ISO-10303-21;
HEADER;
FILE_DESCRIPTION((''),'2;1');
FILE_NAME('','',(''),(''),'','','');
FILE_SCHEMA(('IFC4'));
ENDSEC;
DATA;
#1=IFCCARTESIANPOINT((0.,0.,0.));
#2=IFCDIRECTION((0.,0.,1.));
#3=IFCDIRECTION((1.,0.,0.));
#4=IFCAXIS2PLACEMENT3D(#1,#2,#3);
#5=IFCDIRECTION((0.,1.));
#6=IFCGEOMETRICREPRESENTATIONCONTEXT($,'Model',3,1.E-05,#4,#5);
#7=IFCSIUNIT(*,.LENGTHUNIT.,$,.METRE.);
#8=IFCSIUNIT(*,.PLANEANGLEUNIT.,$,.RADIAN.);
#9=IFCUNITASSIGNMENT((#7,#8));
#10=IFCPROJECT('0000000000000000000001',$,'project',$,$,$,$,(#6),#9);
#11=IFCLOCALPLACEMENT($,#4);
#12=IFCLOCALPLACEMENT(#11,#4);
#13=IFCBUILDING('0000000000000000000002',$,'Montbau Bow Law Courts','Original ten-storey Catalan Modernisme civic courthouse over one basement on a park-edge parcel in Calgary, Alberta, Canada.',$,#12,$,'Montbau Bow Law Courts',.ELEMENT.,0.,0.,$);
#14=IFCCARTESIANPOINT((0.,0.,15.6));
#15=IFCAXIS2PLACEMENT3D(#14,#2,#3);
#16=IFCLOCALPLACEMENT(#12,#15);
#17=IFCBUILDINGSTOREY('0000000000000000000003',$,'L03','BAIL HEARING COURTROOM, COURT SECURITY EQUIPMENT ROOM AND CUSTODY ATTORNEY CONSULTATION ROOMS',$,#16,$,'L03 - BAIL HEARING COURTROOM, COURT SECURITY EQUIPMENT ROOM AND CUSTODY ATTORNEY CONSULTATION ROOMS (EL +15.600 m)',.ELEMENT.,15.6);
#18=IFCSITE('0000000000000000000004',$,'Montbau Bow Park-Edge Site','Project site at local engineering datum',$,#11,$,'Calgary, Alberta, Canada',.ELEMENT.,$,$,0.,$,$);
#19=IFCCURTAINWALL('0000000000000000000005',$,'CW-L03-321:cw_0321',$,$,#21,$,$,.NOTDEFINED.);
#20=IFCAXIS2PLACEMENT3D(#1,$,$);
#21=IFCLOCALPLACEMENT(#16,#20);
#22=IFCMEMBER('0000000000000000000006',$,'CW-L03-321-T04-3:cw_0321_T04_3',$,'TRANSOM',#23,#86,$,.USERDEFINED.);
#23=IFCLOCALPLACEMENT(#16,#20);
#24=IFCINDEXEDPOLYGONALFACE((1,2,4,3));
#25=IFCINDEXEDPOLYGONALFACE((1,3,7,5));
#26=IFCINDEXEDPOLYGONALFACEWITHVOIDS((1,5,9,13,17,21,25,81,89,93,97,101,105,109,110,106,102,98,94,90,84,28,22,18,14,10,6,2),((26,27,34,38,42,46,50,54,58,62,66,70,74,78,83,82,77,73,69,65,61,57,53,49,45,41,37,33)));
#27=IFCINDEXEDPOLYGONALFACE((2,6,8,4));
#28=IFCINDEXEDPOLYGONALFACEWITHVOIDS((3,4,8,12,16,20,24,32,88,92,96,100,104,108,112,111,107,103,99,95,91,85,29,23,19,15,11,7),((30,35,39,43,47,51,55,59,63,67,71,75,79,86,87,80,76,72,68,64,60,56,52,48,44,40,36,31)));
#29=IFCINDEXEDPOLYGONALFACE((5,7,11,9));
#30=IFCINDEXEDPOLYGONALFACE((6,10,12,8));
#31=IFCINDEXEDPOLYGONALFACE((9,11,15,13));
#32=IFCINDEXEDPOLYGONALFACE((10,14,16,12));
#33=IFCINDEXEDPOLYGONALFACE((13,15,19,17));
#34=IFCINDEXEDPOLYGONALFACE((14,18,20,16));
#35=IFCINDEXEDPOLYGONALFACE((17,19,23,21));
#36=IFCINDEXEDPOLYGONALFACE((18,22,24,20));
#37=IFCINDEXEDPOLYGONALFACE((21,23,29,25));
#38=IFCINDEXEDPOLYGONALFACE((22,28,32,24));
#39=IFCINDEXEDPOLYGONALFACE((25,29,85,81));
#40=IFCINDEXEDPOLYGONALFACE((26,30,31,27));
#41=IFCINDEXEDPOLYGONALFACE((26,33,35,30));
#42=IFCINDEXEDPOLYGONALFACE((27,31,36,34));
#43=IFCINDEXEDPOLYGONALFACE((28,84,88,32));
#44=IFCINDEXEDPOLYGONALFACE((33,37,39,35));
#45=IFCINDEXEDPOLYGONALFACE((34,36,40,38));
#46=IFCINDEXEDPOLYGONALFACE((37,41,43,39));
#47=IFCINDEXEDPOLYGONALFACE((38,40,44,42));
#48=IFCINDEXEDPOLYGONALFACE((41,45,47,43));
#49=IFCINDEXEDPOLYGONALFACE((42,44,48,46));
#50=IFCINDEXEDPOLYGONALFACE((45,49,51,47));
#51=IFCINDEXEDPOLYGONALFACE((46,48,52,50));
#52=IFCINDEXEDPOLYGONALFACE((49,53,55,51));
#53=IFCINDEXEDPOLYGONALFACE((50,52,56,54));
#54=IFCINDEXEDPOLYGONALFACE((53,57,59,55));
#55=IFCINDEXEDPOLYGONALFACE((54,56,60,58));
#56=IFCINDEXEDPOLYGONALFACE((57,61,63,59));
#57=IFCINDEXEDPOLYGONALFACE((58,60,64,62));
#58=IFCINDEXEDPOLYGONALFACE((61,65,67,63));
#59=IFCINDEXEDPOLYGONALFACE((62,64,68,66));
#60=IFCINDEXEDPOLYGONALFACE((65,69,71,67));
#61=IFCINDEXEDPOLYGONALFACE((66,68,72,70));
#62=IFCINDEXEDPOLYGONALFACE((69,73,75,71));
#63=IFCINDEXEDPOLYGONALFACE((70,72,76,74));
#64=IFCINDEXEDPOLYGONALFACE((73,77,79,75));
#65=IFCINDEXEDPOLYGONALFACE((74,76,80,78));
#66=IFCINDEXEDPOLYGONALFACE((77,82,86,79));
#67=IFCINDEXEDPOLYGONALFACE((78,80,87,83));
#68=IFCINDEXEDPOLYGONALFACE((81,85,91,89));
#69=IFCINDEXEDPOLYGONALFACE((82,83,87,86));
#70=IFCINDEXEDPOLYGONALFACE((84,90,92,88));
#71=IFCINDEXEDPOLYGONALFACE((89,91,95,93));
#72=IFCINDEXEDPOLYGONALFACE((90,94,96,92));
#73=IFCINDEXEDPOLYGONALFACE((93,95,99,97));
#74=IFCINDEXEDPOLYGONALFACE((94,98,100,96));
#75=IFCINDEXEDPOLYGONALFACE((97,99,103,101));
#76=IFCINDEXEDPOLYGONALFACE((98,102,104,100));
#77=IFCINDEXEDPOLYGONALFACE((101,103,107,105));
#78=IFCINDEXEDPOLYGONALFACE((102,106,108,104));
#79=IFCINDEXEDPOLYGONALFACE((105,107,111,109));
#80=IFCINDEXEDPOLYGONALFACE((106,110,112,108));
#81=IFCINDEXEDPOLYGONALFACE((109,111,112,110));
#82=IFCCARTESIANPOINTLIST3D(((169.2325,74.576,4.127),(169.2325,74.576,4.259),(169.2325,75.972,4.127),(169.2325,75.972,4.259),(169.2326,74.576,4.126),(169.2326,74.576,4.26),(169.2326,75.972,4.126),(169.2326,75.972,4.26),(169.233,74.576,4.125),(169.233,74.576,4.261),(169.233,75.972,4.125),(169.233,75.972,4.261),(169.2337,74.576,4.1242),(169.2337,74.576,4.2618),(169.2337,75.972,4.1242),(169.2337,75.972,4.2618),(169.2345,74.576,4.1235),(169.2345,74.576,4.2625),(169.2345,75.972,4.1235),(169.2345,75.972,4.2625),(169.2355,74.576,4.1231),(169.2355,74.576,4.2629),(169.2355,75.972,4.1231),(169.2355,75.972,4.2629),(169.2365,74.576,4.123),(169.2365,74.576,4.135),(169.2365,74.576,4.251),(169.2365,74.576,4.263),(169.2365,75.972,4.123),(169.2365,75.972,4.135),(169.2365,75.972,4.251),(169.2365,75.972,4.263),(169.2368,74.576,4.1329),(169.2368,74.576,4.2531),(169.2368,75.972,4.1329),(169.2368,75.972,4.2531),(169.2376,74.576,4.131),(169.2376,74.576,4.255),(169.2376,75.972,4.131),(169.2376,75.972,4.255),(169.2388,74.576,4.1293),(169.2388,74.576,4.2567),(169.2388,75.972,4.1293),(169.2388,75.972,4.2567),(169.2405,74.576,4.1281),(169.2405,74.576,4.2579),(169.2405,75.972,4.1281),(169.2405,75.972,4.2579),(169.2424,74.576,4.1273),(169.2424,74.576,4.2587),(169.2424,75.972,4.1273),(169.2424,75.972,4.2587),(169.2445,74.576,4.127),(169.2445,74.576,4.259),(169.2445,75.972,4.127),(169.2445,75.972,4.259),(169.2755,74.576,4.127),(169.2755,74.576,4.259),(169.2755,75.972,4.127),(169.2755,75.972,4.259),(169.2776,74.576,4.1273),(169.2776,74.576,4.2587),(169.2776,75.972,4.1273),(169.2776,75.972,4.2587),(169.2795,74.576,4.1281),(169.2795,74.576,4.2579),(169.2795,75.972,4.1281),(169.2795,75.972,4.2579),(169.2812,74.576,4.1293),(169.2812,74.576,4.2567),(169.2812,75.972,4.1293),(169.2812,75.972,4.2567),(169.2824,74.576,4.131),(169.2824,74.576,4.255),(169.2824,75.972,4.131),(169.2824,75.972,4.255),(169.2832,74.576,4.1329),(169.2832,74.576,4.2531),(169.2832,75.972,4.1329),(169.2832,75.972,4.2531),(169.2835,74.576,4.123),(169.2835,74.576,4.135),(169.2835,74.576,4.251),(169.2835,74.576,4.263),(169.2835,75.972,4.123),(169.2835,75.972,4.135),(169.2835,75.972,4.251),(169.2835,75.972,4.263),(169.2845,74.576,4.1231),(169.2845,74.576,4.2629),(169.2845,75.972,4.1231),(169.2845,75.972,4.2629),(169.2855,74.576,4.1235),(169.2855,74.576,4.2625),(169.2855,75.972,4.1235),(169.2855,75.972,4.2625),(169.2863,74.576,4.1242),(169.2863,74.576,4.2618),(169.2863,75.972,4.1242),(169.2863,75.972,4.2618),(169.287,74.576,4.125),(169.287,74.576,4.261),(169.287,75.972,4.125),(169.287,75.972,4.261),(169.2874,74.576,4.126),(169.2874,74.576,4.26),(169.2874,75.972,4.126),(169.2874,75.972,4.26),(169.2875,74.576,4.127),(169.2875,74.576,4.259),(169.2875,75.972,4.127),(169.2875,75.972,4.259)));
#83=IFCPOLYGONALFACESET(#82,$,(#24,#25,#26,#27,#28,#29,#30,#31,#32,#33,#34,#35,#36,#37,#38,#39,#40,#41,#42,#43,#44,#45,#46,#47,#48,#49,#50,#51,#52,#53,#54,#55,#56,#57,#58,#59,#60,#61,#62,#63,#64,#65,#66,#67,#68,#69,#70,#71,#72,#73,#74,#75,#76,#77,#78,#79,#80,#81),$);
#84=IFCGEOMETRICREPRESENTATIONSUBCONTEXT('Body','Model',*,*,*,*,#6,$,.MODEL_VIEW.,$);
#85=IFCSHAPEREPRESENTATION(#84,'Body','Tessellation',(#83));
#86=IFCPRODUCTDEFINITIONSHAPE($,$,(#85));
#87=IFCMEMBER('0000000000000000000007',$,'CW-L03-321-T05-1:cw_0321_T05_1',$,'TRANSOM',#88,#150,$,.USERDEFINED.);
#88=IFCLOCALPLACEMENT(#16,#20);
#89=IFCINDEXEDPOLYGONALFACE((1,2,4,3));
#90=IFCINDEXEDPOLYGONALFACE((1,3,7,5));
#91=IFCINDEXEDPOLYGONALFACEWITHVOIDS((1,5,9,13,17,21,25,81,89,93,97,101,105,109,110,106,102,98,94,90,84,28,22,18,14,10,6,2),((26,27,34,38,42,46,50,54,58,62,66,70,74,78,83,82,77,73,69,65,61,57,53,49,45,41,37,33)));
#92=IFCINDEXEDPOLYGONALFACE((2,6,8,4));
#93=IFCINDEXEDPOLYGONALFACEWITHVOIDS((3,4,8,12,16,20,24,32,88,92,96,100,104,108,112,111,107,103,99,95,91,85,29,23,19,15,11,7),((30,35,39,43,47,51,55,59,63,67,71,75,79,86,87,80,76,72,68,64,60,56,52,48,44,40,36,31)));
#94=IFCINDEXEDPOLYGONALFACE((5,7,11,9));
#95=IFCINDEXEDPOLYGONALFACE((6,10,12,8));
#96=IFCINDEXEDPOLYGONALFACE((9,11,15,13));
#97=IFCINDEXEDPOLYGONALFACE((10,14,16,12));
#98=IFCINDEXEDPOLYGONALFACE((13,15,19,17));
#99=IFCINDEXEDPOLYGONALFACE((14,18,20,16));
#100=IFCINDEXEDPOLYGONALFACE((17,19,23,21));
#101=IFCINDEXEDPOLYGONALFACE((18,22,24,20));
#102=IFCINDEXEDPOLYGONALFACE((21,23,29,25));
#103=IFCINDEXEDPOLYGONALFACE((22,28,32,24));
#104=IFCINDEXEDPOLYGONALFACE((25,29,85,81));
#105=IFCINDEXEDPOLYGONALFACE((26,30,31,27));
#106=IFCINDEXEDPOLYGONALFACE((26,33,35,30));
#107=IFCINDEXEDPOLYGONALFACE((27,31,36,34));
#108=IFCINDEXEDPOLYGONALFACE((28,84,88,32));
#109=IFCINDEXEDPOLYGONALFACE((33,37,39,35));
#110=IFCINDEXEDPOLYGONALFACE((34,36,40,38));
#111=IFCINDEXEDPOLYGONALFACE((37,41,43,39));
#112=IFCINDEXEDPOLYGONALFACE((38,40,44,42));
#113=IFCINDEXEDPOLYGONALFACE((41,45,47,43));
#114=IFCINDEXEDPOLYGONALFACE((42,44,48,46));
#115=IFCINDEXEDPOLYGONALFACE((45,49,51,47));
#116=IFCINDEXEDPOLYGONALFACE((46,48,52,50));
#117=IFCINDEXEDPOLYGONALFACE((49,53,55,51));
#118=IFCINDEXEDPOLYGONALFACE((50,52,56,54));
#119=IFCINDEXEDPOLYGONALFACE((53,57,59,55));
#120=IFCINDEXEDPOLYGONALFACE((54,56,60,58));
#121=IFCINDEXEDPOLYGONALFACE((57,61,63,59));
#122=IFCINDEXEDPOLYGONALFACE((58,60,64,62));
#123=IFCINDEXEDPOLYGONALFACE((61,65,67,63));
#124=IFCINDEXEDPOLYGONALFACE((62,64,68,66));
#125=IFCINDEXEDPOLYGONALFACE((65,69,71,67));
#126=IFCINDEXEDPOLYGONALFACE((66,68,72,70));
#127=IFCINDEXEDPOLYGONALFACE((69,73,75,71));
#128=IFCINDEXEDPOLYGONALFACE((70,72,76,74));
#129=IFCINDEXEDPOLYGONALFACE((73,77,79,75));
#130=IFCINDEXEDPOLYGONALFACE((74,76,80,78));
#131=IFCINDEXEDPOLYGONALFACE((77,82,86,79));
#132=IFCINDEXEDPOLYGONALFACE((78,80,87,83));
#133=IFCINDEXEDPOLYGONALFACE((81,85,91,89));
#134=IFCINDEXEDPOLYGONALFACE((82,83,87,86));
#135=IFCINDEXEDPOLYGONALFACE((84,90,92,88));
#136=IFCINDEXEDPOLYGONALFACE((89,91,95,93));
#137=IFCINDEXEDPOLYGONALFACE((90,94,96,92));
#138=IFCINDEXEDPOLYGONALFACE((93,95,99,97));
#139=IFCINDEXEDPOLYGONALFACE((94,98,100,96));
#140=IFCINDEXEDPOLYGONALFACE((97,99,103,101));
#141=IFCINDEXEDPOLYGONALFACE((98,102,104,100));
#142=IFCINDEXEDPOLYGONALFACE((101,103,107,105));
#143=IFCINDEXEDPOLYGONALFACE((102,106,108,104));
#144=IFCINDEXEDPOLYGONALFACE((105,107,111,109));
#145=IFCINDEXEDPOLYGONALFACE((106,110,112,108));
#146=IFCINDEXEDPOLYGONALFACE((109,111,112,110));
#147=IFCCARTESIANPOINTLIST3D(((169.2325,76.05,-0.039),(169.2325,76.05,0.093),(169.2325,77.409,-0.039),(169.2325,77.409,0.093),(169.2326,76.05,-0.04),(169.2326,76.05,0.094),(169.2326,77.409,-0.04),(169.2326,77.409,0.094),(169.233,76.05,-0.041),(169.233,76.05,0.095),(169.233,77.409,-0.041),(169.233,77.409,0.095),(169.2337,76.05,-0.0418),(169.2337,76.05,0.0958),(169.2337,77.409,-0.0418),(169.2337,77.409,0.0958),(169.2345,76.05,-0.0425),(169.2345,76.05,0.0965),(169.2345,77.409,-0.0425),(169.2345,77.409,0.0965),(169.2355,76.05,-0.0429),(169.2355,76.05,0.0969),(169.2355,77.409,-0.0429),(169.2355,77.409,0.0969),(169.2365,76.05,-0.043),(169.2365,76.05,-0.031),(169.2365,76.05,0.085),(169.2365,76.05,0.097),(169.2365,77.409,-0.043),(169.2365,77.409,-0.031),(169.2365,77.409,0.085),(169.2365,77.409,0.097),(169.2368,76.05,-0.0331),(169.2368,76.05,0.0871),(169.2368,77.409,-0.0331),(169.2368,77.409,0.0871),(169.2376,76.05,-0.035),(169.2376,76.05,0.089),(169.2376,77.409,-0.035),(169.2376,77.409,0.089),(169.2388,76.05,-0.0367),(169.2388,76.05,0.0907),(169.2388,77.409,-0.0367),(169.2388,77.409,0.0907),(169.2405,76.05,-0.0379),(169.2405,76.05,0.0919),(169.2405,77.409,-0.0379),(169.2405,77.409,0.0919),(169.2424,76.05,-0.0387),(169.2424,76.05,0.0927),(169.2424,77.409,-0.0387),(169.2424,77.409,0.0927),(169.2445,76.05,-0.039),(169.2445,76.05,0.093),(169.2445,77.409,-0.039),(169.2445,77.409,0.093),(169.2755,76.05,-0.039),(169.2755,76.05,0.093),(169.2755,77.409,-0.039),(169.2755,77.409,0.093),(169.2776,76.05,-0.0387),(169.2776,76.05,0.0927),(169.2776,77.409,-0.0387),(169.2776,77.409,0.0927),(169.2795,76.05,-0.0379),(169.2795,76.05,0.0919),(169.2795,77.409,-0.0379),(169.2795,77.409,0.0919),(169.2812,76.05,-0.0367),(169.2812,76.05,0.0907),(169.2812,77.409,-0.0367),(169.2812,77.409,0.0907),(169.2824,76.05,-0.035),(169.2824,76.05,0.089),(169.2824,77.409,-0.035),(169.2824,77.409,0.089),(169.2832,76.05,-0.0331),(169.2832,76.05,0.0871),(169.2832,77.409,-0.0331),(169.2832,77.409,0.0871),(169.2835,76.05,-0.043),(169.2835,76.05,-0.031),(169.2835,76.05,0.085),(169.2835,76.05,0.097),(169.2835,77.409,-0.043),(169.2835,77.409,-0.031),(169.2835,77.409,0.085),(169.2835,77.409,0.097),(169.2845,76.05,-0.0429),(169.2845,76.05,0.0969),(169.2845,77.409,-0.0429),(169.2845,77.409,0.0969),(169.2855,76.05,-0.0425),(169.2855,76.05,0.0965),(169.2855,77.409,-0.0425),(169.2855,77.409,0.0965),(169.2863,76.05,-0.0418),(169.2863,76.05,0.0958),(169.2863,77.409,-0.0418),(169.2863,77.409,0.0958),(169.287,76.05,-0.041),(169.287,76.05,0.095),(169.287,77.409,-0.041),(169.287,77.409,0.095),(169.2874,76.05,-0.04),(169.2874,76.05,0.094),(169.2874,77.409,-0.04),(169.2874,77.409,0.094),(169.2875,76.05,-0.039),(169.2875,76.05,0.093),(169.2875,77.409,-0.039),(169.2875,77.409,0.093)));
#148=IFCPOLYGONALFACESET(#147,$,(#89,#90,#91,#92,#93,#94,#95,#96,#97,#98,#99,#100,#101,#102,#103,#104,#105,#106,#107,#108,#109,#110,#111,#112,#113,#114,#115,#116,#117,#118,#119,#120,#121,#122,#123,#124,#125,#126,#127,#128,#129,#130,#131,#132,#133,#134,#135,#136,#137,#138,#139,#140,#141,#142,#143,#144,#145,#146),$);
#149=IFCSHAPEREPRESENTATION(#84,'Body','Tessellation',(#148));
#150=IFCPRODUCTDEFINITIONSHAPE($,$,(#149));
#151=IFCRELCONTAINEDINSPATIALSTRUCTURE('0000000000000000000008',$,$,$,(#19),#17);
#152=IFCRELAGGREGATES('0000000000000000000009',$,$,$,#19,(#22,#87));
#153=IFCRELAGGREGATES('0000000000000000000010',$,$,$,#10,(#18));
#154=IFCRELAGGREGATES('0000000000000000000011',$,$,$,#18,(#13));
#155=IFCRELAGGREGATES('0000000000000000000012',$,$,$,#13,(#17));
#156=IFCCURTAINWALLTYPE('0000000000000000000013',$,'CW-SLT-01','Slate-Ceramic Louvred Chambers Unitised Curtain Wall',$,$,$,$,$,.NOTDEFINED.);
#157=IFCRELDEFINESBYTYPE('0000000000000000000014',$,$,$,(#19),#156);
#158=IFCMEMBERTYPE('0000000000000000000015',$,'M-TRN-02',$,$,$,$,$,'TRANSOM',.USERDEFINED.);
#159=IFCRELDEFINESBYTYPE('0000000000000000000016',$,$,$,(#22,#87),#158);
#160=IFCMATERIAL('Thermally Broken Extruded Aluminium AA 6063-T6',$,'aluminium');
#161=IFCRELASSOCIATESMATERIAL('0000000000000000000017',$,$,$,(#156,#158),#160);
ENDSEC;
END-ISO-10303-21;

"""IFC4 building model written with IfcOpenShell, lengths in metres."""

from ifc_helpers import new_model, si_unit, direction, frame, origin_with_axes, origin_2d_with_axis, place, context, subcontext, project, spatial, hollow_rectangle, extrude, material, material_profile, profile_set, type_object, element, aggregate, save


model = new_model("IFC4")

# Units and contexts
model_context = context("Model", 3, precision=1e-05, world=origin_with_axes(), true_north=direction((0.0, 1.0)))
body_context = subcontext(model_context, "Body", "Model", "MODEL_VIEW")
ifc_project = project(units=[si_unit("LENGTHUNIT", "METRE"), si_unit("PLANEANGLEUNIT", "RADIAN")], contexts=[model_context])

# Site, building, storey
site_placement = place(None, origin_with_axes())
site = spatial("IfcSite", under=ifc_project, at=site_placement, Name="Montbau Bow Park-Edge Site", Description="Project site at local engineering datum", LongName="Calgary, Alberta, Canada", CompositionType="ELEMENT", RefElevation=0.0)
building_placement = place(site_placement, origin_with_axes())
building = spatial("IfcBuilding", under=site, at=building_placement, Name="Montbau Bow Law Courts", Description="Original ten-storey Catalan Modernisme civic courthouse over one basement on a park-edge parcel in Calgary, Alberta, Canada.", LongName="Montbau Bow Law Courts", CompositionType="ELEMENT", ElevationOfRefHeight=0.0, ElevationOfTerrain=0.0)
storey_placement = place(building_placement, frame((0.0, 0.0, 15.6), z_axis=(0.0, 0.0, 1.0), x_axis=(1.0, 0.0, 0.0)))
storey = spatial("IfcBuildingStorey", under=building, at=storey_placement, Name="L03", Description="BAIL HEARING COURTROOM, COURT SECURITY EQUIPMENT ROOM AND CUSTODY ATTORNEY CONSULTATION ROOMS", LongName="L03 - BAIL HEARING COURTROOM, COURT SECURITY EQUIPMENT ROOM AND CUSTODY ATTORNEY CONSULTATION ROOMS (EL +15.600 m)", CompositionType="ELEMENT", Elevation=15.6)

# Curtain wall, members
ifc_material_1 = material(Name="Thermally Broken Extruded Aluminium AA 6063-T6", Category="aluminium")
curtain_wall_type = type_object("IfcCurtainWallType", Name="CW-SLT-01", Description="Slate-Ceramic Louvred Chambers Unitised Curtain Wall", PredefinedType="NOTDEFINED", material=ifc_material_1)
curtain_wall_placement = place(None, frame((169.26, 70.115, 15.6), z_axis=(0.0, 0.0, 1.0), x_axis=(1.0, 0.0, 0.0)))
curtain_wall = element("IfcCurtainWall", 1, at=curtain_wall_placement, inside=storey, type_object=curtain_wall_type, Name="CW-L03-321:cw_0321", PredefinedType="NOTDEFINED")
ifc_material_profile_1 = material_profile(ifc_material_1, hollow_rectangle(XDim=0.055, YDim=0.14, WallThickness=0.004, InnerFilletRadius=0.008, OuterFilletRadius=0.004, at=origin_2d_with_axis()), Name="CWT-140X55", Category="Main", Priority=0)
ifc_profile_set_1 = profile_set([ifc_material_profile_1], Name="Thermally Broken Extruded Aluminium AA 6063-T6")
member_type_1 = type_object("IfcMemberType", Name="M-TRN-02", ElementType="TRANSOM", PredefinedType="USERDEFINED", material=ifc_profile_set_1)
member_1_placement = place(None, frame((169.26, 74.576, 19.793), z_axis=(0.0, 1.0, 0.0), x_axis=(-1.0, 0.0, 0.0)))
member_1 = element("IfcMember", 2, at=member_1_placement, type_object=member_type_1, Name="CW-L03-321-T04-3:cw_0321_T04_3", ObjectType="TRANSOM", PredefinedType="USERDEFINED", context=body_context, shape_type="SweptSolid", body=[
    extrude(hollow_rectangle(XDim=0.055, YDim=0.14, WallThickness=0.004, InnerFilletRadius=0.008, OuterFilletRadius=0.004, at=origin_2d_with_axis()), origin_with_axes(), (0.0, 0.0, 1.0), 1.396),
])
member_2_placement = place(None, frame((169.26, 76.05, 15.627), z_axis=(0.0, 1.0, 0.0), x_axis=(-1.0, 0.0, 0.0)))
member_2 = element("IfcMember", 3, at=member_2_placement, type_object=member_type_1, Name="CW-L03-321-T05-1:cw_0321_T05_1", ObjectType="TRANSOM", PredefinedType="USERDEFINED", context=body_context, shape_type="SweptSolid", body=[
    extrude(hollow_rectangle(XDim=0.055, YDim=0.14, WallThickness=0.004, InnerFilletRadius=0.008, OuterFilletRadius=0.004, at=origin_2d_with_axis()), origin_with_axes(), (0.0, 0.0, 1.0), 1.359),
])
aggregate(curtain_wall, [member_1, member_2])

save(model, "model.ifc")
